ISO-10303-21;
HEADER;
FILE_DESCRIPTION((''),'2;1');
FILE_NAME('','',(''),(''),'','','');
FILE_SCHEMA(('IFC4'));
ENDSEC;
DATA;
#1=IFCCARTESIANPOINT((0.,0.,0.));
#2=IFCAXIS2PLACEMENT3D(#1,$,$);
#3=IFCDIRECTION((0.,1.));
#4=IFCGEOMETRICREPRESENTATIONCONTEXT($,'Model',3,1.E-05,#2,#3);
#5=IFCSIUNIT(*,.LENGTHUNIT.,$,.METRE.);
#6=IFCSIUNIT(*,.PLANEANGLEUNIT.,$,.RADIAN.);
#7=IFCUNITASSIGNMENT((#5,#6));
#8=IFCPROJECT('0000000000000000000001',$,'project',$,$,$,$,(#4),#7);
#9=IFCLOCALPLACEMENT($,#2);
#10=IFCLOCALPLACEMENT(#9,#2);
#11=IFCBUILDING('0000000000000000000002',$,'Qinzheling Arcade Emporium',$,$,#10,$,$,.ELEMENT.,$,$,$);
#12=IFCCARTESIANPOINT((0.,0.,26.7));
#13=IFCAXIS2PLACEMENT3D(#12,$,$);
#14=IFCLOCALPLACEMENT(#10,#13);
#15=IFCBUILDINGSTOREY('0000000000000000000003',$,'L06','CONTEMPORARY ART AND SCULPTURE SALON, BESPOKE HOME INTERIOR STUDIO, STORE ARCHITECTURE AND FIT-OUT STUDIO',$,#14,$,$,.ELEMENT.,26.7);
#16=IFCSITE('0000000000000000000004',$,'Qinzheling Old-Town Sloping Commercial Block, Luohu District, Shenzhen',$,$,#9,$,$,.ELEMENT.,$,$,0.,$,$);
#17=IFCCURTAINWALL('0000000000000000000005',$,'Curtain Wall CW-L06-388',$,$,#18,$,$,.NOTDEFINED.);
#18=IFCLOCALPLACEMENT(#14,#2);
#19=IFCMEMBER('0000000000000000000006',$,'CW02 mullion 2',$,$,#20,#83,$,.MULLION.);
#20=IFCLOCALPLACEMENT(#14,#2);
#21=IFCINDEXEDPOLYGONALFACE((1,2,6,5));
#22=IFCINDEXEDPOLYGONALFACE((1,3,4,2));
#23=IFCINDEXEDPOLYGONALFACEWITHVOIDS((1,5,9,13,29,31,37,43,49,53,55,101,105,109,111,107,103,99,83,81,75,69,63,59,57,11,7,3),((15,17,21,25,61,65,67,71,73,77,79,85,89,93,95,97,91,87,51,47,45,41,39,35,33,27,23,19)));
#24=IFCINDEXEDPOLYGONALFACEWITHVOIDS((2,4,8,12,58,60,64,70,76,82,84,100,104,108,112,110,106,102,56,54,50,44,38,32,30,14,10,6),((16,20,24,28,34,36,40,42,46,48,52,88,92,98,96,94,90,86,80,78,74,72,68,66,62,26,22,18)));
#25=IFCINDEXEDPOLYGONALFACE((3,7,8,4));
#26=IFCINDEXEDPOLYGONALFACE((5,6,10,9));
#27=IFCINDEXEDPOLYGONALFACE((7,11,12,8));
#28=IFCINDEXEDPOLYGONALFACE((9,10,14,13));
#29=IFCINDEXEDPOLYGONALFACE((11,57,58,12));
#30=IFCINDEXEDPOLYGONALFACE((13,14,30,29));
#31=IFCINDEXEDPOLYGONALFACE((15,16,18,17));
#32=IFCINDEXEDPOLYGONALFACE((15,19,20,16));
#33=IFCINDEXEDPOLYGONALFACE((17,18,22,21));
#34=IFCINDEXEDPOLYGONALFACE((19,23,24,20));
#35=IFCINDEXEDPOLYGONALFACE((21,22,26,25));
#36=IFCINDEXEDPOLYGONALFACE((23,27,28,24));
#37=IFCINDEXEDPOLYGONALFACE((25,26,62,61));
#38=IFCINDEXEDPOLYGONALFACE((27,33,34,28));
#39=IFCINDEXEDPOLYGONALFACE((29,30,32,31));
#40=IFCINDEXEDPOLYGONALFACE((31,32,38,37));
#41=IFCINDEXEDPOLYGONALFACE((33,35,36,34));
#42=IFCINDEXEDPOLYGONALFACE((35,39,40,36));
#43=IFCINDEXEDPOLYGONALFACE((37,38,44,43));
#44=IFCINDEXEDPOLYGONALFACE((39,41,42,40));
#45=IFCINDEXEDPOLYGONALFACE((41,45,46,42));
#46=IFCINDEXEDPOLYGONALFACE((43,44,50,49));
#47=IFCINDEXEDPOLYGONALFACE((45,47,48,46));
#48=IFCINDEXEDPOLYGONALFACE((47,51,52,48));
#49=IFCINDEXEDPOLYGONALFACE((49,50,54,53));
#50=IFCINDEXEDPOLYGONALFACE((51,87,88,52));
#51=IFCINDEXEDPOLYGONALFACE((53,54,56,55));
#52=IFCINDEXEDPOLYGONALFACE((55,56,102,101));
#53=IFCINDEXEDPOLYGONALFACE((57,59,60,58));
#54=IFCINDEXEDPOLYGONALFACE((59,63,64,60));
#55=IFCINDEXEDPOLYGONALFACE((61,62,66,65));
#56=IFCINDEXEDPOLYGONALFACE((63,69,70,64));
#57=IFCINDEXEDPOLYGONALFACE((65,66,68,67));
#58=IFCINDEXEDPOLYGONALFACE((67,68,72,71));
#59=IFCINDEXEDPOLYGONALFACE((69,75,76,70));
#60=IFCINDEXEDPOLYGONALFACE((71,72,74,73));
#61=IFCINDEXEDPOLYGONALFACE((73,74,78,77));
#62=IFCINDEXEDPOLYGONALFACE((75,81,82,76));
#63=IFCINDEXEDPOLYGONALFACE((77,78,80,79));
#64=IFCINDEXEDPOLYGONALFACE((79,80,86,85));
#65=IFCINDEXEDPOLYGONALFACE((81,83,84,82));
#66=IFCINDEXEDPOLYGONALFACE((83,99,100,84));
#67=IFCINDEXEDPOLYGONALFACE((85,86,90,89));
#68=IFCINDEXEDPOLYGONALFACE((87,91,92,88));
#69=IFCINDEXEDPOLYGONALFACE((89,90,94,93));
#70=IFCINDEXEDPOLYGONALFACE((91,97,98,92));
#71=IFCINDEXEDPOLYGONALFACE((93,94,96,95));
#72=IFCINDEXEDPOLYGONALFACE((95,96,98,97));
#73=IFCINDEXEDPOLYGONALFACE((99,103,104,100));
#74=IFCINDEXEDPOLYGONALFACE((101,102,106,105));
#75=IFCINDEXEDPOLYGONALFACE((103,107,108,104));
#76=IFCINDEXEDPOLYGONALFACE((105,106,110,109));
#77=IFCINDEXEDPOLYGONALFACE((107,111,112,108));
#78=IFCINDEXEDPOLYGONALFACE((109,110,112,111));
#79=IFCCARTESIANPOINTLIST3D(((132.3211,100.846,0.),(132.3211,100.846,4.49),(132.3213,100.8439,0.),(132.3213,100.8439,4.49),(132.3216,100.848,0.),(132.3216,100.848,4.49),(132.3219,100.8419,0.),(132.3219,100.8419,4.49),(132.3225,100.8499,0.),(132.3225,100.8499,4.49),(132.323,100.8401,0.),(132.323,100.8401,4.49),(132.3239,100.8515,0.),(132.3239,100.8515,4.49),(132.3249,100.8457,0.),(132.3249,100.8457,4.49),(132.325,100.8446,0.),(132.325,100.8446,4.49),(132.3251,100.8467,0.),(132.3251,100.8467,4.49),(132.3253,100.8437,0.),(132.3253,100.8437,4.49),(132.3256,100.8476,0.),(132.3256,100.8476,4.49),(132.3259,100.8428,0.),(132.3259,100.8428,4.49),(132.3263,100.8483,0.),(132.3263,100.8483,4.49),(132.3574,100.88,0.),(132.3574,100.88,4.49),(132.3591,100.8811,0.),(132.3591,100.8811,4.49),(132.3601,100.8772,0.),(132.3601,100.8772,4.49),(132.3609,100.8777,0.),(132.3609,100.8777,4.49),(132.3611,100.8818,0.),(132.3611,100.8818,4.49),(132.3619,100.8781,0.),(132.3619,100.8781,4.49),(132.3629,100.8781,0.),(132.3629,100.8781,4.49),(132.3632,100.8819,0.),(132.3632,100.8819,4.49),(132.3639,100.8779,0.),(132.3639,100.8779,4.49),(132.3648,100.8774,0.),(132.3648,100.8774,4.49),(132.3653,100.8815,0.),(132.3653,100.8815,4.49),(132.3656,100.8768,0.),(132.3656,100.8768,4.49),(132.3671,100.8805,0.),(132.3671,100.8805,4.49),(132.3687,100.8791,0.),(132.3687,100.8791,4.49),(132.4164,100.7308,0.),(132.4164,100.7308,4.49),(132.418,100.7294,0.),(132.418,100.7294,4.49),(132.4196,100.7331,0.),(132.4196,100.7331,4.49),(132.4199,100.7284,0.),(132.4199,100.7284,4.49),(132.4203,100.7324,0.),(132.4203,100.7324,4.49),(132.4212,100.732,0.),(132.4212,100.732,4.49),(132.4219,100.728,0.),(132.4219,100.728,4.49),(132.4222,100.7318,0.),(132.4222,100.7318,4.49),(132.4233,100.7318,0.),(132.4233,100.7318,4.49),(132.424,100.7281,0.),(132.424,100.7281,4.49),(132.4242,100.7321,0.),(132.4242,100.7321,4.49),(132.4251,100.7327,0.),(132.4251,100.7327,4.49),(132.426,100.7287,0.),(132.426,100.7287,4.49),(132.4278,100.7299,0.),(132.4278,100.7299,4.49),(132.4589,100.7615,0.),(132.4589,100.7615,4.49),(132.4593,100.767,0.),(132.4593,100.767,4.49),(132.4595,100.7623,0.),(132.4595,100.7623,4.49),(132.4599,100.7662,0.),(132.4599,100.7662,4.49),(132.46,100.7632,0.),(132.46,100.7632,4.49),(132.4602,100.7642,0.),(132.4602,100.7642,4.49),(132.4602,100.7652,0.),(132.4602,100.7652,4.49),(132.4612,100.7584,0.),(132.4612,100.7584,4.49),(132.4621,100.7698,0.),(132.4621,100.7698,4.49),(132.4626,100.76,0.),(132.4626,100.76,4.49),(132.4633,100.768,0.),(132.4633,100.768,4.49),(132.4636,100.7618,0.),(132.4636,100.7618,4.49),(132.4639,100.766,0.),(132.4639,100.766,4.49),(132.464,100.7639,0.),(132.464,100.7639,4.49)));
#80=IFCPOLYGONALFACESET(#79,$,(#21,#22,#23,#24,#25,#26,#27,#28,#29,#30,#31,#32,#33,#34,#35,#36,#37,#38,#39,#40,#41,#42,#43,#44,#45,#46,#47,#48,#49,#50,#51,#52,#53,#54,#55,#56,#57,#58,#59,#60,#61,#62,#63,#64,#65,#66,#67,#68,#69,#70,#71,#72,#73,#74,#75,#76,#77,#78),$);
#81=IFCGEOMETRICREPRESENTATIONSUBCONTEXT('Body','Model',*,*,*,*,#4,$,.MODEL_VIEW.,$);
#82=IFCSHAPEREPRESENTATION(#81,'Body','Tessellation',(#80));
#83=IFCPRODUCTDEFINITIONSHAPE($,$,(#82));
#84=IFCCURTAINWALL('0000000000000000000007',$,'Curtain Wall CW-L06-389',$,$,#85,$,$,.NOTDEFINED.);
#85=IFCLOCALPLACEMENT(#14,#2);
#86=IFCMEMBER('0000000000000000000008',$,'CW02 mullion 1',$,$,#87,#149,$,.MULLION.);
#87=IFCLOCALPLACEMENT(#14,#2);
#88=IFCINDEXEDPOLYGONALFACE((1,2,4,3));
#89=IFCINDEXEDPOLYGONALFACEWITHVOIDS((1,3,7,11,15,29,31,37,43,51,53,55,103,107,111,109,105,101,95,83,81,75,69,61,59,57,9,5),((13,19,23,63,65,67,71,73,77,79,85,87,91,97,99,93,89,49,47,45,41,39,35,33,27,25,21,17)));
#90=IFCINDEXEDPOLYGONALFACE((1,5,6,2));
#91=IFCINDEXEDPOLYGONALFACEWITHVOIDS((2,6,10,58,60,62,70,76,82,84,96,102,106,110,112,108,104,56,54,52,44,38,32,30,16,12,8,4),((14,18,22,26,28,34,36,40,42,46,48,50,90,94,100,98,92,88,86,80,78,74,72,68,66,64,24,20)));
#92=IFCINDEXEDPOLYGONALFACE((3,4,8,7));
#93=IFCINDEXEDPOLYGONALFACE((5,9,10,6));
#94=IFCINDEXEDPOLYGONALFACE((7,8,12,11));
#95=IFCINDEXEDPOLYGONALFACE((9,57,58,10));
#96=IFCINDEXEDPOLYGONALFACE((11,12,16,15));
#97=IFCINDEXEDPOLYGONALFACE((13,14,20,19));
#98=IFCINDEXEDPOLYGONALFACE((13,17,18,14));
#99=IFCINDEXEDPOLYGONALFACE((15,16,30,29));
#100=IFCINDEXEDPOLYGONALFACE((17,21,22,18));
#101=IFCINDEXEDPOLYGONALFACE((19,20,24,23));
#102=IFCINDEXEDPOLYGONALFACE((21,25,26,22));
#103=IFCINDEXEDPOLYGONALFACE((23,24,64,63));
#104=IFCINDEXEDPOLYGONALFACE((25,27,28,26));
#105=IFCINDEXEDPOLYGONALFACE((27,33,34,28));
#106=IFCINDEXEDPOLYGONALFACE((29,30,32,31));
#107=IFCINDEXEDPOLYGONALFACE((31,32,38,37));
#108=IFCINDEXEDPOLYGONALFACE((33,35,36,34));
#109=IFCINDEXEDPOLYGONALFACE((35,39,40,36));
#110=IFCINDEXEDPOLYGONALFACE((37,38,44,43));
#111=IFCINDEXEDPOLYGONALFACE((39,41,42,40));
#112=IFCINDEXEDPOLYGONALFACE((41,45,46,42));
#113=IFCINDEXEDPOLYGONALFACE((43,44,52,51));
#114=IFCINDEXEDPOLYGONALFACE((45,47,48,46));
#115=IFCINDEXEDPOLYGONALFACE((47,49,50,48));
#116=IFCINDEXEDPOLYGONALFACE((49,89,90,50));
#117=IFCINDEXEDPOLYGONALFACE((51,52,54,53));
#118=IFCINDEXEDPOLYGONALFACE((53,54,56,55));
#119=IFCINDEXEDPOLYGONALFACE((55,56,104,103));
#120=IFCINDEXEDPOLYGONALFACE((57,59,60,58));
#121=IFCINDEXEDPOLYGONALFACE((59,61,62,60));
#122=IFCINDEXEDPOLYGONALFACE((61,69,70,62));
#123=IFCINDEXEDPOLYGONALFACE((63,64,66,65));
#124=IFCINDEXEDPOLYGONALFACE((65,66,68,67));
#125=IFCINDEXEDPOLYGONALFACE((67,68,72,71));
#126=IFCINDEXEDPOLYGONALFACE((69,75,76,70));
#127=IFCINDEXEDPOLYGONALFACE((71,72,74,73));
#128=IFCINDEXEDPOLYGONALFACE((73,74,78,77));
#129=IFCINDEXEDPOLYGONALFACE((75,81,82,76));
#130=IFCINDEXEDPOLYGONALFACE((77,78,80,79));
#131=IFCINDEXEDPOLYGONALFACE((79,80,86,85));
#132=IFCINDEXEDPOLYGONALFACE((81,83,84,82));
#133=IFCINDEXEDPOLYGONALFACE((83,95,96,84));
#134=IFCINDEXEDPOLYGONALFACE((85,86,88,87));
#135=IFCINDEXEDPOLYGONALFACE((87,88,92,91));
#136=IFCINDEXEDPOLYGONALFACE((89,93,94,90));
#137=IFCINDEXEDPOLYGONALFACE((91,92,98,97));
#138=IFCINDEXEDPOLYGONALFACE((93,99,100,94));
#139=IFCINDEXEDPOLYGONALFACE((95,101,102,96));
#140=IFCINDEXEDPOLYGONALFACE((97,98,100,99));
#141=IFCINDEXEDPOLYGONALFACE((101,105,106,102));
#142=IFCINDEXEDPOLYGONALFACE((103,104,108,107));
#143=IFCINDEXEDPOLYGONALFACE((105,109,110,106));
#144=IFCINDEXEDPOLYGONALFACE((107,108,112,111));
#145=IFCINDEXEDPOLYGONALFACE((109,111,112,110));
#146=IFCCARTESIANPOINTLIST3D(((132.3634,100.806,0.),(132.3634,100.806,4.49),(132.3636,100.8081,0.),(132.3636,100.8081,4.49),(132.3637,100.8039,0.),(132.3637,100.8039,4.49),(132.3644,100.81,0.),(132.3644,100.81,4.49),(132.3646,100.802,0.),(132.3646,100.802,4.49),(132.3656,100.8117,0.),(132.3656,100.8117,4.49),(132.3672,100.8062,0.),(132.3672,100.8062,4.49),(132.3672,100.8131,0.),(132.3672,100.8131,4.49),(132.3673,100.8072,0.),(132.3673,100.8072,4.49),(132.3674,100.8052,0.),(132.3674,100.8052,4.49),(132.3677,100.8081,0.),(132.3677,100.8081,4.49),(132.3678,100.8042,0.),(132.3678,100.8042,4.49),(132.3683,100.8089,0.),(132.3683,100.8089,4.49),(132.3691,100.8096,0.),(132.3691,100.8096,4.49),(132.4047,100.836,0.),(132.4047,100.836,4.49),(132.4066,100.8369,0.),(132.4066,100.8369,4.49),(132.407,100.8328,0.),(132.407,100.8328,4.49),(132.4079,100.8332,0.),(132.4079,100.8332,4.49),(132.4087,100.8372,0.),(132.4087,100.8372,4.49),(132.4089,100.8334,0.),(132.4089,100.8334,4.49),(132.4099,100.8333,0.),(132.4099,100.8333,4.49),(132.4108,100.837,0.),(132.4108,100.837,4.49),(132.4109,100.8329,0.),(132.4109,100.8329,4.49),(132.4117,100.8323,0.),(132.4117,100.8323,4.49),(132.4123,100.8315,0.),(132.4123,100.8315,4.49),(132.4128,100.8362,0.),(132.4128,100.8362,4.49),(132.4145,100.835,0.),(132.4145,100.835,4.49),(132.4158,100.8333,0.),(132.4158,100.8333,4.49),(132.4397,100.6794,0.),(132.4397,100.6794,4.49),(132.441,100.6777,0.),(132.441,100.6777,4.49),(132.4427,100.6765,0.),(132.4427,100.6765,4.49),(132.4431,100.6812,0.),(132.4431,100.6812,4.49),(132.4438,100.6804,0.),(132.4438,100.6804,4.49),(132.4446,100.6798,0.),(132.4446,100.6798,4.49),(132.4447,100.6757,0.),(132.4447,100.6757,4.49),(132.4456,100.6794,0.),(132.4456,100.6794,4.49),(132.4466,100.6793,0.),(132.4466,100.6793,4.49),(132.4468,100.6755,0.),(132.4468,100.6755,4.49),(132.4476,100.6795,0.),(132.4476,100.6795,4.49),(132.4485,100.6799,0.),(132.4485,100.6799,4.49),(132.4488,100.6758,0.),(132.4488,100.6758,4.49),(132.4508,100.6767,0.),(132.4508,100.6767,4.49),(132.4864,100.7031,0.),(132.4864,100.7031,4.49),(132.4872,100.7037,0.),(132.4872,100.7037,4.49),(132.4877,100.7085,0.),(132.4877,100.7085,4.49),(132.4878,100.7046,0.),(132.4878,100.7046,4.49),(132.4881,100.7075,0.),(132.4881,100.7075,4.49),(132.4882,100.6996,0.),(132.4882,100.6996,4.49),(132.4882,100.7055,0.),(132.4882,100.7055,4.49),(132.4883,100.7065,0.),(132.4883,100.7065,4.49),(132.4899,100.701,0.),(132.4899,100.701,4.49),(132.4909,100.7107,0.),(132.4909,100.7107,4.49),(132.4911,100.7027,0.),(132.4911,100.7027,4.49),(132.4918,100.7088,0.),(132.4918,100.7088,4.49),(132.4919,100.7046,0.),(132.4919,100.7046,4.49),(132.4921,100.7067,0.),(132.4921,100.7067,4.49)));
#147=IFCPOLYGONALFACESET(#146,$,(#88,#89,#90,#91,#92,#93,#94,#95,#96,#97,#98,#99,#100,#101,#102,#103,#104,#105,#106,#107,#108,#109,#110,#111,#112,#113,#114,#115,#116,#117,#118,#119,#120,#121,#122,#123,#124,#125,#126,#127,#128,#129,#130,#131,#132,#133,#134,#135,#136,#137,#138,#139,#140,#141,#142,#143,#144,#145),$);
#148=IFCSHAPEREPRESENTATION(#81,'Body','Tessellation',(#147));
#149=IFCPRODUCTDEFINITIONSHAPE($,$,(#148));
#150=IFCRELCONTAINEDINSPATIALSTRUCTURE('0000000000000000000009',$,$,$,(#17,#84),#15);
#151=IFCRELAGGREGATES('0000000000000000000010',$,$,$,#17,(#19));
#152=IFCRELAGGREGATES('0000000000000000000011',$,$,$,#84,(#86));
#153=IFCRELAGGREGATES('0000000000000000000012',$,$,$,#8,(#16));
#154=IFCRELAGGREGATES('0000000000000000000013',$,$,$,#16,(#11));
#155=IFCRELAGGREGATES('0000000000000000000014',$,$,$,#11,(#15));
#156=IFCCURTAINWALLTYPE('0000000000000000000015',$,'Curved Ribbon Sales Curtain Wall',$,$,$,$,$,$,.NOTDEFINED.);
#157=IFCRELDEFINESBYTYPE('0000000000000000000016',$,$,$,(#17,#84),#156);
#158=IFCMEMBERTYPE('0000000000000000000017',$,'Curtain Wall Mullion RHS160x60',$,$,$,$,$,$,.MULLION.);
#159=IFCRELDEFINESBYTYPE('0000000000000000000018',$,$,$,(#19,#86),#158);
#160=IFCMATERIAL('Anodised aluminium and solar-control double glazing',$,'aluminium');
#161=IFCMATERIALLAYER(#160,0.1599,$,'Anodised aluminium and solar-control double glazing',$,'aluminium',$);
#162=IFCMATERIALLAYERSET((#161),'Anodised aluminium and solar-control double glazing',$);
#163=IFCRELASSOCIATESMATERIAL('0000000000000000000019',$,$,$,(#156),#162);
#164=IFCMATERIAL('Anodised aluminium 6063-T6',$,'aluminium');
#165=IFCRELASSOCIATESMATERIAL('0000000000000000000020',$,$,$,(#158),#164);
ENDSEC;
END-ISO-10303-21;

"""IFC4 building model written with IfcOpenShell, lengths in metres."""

from ifc_helpers import new_model, si_unit, direction, frame, origin, origin_2d, place, context, subcontext, project, spatial, hollow_rectangle, extrude, material, layer, layer_set, material_profile, profile_set, type_object, element, aggregate, save


model = new_model("IFC4")

# Units and contexts
model_context = context("Model", 3, precision=1e-05, world=origin(), true_north=direction((0.0, 1.0)))
body_context = subcontext(model_context, "Body", "Model", "MODEL_VIEW")
ifc_project = project(units=[si_unit("LENGTHUNIT", "METRE"), si_unit("PLANEANGLEUNIT", "RADIAN")], contexts=[model_context])

# Site, building, storey
site_placement = place(None, origin())
site = spatial("IfcSite", under=ifc_project, at=site_placement, Name="Qinzheling Old-Town Sloping Commercial Block, Luohu District, Shenzhen", CompositionType="ELEMENT", RefElevation=0.0)
building_placement = place(site_placement, origin())
building = spatial("IfcBuilding", under=site, at=building_placement, Name="Qinzheling Arcade Emporium", CompositionType="ELEMENT")
storey_placement = place(building_placement, frame((0.0, 0.0, 26.7)))
storey = spatial("IfcBuildingStorey", under=building, at=storey_placement, Name="L06", Description="CONTEMPORARY ART AND SCULPTURE SALON, BESPOKE HOME INTERIOR STUDIO, STORE ARCHITECTURE AND FIT-OUT STUDIO", CompositionType="ELEMENT", Elevation=26.7)

# Shared definitions
ifc_material_1 = material(Name="Anodised aluminium and solar-control double glazing", Category="aluminium")
ifc_layer_1 = layer(ifc_material_1, 0.1599, Name="Anodised aluminium and solar-control double glazing", Category="aluminium")
ifc_layer_set_1 = layer_set([ifc_layer_1], Name="Anodised aluminium and solar-control double glazing")
curtain_wall_type = type_object("IfcCurtainWallType", Name="Curved Ribbon Sales Curtain Wall", PredefinedType="NOTDEFINED", material=ifc_layer_set_1)
ifc_material_2 = material(Name="Anodised aluminium 6063-T6", Category="aluminium")
ifc_material_profile_1 = material_profile(ifc_material_2, hollow_rectangle(XDim=0.0601, YDim=0.1599, WallThickness=0.0039, InnerFilletRadius=0.0039, OuterFilletRadius=0.0081, at=origin_2d()), Name="RHS 160x60x4", Category="aluminium")
ifc_profile_set_1 = profile_set([ifc_material_profile_1], Name="Anodised aluminium 6063-T6")
member_type_1 = type_object("IfcMemberType", Name="Curtain Wall Mullion RHS160x60", PredefinedType="MULLION", material=ifc_profile_set_1)

# Curtain walls, members
curtain_wall_1_placement = place(storey_placement, origin())
curtain_wall_1 = element("IfcCurtainWall", 1, at=curtain_wall_1_placement, inside=storey, type_object=curtain_wall_type, Name="Curtain Wall CW-L06-388", PredefinedType="NOTDEFINED")
member_1_placement = place(storey_placement, frame((132.3926, 100.8049, 0.0), z_axis=(0.0, 0.0, 1.0), x_axis=(0.760365, 0.649496, 0.0)))
member_1 = element("IfcMember", 2, at=member_1_placement, type_object=member_type_1, Name="CW02 mullion 2", PredefinedType="MULLION", context=body_context, shape_type="SweptSolid", body=[
    extrude(hollow_rectangle(XDim=0.0601, YDim=0.1599, WallThickness=0.0039, InnerFilletRadius=0.0039, OuterFilletRadius=0.0081, at=origin_2d()), origin(), (0.0, 0.0, 1.0), 4.49),
])
curtain_wall_2_placement = place(storey_placement, origin())
curtain_wall_2 = element("IfcCurtainWall", 3, at=curtain_wall_2_placement, inside=storey, type_object=curtain_wall_type, Name="Curtain Wall CW-L06-389", PredefinedType="NOTDEFINED")
member_2_placement = place(storey_placement, frame((132.4277, 100.7563, 0.0), z_axis=(0.0, 0.0, 1.0), x_axis=(0.85272, 0.522368, 0.0)))
member_2 = element("IfcMember", 4, at=member_2_placement, type_object=member_type_1, Name="CW02 mullion 1", PredefinedType="MULLION", context=body_context, shape_type="SweptSolid", body=[
    extrude(hollow_rectangle(XDim=0.0601, YDim=0.1599, WallThickness=0.0039, InnerFilletRadius=0.0039, OuterFilletRadius=0.0081, at=origin_2d()), origin(), (0.0, 0.0, 1.0), 4.49),
])

aggregate(curtain_wall_1, [member_1])
aggregate(curtain_wall_2, [member_2])

save(model, "model.ifc")
